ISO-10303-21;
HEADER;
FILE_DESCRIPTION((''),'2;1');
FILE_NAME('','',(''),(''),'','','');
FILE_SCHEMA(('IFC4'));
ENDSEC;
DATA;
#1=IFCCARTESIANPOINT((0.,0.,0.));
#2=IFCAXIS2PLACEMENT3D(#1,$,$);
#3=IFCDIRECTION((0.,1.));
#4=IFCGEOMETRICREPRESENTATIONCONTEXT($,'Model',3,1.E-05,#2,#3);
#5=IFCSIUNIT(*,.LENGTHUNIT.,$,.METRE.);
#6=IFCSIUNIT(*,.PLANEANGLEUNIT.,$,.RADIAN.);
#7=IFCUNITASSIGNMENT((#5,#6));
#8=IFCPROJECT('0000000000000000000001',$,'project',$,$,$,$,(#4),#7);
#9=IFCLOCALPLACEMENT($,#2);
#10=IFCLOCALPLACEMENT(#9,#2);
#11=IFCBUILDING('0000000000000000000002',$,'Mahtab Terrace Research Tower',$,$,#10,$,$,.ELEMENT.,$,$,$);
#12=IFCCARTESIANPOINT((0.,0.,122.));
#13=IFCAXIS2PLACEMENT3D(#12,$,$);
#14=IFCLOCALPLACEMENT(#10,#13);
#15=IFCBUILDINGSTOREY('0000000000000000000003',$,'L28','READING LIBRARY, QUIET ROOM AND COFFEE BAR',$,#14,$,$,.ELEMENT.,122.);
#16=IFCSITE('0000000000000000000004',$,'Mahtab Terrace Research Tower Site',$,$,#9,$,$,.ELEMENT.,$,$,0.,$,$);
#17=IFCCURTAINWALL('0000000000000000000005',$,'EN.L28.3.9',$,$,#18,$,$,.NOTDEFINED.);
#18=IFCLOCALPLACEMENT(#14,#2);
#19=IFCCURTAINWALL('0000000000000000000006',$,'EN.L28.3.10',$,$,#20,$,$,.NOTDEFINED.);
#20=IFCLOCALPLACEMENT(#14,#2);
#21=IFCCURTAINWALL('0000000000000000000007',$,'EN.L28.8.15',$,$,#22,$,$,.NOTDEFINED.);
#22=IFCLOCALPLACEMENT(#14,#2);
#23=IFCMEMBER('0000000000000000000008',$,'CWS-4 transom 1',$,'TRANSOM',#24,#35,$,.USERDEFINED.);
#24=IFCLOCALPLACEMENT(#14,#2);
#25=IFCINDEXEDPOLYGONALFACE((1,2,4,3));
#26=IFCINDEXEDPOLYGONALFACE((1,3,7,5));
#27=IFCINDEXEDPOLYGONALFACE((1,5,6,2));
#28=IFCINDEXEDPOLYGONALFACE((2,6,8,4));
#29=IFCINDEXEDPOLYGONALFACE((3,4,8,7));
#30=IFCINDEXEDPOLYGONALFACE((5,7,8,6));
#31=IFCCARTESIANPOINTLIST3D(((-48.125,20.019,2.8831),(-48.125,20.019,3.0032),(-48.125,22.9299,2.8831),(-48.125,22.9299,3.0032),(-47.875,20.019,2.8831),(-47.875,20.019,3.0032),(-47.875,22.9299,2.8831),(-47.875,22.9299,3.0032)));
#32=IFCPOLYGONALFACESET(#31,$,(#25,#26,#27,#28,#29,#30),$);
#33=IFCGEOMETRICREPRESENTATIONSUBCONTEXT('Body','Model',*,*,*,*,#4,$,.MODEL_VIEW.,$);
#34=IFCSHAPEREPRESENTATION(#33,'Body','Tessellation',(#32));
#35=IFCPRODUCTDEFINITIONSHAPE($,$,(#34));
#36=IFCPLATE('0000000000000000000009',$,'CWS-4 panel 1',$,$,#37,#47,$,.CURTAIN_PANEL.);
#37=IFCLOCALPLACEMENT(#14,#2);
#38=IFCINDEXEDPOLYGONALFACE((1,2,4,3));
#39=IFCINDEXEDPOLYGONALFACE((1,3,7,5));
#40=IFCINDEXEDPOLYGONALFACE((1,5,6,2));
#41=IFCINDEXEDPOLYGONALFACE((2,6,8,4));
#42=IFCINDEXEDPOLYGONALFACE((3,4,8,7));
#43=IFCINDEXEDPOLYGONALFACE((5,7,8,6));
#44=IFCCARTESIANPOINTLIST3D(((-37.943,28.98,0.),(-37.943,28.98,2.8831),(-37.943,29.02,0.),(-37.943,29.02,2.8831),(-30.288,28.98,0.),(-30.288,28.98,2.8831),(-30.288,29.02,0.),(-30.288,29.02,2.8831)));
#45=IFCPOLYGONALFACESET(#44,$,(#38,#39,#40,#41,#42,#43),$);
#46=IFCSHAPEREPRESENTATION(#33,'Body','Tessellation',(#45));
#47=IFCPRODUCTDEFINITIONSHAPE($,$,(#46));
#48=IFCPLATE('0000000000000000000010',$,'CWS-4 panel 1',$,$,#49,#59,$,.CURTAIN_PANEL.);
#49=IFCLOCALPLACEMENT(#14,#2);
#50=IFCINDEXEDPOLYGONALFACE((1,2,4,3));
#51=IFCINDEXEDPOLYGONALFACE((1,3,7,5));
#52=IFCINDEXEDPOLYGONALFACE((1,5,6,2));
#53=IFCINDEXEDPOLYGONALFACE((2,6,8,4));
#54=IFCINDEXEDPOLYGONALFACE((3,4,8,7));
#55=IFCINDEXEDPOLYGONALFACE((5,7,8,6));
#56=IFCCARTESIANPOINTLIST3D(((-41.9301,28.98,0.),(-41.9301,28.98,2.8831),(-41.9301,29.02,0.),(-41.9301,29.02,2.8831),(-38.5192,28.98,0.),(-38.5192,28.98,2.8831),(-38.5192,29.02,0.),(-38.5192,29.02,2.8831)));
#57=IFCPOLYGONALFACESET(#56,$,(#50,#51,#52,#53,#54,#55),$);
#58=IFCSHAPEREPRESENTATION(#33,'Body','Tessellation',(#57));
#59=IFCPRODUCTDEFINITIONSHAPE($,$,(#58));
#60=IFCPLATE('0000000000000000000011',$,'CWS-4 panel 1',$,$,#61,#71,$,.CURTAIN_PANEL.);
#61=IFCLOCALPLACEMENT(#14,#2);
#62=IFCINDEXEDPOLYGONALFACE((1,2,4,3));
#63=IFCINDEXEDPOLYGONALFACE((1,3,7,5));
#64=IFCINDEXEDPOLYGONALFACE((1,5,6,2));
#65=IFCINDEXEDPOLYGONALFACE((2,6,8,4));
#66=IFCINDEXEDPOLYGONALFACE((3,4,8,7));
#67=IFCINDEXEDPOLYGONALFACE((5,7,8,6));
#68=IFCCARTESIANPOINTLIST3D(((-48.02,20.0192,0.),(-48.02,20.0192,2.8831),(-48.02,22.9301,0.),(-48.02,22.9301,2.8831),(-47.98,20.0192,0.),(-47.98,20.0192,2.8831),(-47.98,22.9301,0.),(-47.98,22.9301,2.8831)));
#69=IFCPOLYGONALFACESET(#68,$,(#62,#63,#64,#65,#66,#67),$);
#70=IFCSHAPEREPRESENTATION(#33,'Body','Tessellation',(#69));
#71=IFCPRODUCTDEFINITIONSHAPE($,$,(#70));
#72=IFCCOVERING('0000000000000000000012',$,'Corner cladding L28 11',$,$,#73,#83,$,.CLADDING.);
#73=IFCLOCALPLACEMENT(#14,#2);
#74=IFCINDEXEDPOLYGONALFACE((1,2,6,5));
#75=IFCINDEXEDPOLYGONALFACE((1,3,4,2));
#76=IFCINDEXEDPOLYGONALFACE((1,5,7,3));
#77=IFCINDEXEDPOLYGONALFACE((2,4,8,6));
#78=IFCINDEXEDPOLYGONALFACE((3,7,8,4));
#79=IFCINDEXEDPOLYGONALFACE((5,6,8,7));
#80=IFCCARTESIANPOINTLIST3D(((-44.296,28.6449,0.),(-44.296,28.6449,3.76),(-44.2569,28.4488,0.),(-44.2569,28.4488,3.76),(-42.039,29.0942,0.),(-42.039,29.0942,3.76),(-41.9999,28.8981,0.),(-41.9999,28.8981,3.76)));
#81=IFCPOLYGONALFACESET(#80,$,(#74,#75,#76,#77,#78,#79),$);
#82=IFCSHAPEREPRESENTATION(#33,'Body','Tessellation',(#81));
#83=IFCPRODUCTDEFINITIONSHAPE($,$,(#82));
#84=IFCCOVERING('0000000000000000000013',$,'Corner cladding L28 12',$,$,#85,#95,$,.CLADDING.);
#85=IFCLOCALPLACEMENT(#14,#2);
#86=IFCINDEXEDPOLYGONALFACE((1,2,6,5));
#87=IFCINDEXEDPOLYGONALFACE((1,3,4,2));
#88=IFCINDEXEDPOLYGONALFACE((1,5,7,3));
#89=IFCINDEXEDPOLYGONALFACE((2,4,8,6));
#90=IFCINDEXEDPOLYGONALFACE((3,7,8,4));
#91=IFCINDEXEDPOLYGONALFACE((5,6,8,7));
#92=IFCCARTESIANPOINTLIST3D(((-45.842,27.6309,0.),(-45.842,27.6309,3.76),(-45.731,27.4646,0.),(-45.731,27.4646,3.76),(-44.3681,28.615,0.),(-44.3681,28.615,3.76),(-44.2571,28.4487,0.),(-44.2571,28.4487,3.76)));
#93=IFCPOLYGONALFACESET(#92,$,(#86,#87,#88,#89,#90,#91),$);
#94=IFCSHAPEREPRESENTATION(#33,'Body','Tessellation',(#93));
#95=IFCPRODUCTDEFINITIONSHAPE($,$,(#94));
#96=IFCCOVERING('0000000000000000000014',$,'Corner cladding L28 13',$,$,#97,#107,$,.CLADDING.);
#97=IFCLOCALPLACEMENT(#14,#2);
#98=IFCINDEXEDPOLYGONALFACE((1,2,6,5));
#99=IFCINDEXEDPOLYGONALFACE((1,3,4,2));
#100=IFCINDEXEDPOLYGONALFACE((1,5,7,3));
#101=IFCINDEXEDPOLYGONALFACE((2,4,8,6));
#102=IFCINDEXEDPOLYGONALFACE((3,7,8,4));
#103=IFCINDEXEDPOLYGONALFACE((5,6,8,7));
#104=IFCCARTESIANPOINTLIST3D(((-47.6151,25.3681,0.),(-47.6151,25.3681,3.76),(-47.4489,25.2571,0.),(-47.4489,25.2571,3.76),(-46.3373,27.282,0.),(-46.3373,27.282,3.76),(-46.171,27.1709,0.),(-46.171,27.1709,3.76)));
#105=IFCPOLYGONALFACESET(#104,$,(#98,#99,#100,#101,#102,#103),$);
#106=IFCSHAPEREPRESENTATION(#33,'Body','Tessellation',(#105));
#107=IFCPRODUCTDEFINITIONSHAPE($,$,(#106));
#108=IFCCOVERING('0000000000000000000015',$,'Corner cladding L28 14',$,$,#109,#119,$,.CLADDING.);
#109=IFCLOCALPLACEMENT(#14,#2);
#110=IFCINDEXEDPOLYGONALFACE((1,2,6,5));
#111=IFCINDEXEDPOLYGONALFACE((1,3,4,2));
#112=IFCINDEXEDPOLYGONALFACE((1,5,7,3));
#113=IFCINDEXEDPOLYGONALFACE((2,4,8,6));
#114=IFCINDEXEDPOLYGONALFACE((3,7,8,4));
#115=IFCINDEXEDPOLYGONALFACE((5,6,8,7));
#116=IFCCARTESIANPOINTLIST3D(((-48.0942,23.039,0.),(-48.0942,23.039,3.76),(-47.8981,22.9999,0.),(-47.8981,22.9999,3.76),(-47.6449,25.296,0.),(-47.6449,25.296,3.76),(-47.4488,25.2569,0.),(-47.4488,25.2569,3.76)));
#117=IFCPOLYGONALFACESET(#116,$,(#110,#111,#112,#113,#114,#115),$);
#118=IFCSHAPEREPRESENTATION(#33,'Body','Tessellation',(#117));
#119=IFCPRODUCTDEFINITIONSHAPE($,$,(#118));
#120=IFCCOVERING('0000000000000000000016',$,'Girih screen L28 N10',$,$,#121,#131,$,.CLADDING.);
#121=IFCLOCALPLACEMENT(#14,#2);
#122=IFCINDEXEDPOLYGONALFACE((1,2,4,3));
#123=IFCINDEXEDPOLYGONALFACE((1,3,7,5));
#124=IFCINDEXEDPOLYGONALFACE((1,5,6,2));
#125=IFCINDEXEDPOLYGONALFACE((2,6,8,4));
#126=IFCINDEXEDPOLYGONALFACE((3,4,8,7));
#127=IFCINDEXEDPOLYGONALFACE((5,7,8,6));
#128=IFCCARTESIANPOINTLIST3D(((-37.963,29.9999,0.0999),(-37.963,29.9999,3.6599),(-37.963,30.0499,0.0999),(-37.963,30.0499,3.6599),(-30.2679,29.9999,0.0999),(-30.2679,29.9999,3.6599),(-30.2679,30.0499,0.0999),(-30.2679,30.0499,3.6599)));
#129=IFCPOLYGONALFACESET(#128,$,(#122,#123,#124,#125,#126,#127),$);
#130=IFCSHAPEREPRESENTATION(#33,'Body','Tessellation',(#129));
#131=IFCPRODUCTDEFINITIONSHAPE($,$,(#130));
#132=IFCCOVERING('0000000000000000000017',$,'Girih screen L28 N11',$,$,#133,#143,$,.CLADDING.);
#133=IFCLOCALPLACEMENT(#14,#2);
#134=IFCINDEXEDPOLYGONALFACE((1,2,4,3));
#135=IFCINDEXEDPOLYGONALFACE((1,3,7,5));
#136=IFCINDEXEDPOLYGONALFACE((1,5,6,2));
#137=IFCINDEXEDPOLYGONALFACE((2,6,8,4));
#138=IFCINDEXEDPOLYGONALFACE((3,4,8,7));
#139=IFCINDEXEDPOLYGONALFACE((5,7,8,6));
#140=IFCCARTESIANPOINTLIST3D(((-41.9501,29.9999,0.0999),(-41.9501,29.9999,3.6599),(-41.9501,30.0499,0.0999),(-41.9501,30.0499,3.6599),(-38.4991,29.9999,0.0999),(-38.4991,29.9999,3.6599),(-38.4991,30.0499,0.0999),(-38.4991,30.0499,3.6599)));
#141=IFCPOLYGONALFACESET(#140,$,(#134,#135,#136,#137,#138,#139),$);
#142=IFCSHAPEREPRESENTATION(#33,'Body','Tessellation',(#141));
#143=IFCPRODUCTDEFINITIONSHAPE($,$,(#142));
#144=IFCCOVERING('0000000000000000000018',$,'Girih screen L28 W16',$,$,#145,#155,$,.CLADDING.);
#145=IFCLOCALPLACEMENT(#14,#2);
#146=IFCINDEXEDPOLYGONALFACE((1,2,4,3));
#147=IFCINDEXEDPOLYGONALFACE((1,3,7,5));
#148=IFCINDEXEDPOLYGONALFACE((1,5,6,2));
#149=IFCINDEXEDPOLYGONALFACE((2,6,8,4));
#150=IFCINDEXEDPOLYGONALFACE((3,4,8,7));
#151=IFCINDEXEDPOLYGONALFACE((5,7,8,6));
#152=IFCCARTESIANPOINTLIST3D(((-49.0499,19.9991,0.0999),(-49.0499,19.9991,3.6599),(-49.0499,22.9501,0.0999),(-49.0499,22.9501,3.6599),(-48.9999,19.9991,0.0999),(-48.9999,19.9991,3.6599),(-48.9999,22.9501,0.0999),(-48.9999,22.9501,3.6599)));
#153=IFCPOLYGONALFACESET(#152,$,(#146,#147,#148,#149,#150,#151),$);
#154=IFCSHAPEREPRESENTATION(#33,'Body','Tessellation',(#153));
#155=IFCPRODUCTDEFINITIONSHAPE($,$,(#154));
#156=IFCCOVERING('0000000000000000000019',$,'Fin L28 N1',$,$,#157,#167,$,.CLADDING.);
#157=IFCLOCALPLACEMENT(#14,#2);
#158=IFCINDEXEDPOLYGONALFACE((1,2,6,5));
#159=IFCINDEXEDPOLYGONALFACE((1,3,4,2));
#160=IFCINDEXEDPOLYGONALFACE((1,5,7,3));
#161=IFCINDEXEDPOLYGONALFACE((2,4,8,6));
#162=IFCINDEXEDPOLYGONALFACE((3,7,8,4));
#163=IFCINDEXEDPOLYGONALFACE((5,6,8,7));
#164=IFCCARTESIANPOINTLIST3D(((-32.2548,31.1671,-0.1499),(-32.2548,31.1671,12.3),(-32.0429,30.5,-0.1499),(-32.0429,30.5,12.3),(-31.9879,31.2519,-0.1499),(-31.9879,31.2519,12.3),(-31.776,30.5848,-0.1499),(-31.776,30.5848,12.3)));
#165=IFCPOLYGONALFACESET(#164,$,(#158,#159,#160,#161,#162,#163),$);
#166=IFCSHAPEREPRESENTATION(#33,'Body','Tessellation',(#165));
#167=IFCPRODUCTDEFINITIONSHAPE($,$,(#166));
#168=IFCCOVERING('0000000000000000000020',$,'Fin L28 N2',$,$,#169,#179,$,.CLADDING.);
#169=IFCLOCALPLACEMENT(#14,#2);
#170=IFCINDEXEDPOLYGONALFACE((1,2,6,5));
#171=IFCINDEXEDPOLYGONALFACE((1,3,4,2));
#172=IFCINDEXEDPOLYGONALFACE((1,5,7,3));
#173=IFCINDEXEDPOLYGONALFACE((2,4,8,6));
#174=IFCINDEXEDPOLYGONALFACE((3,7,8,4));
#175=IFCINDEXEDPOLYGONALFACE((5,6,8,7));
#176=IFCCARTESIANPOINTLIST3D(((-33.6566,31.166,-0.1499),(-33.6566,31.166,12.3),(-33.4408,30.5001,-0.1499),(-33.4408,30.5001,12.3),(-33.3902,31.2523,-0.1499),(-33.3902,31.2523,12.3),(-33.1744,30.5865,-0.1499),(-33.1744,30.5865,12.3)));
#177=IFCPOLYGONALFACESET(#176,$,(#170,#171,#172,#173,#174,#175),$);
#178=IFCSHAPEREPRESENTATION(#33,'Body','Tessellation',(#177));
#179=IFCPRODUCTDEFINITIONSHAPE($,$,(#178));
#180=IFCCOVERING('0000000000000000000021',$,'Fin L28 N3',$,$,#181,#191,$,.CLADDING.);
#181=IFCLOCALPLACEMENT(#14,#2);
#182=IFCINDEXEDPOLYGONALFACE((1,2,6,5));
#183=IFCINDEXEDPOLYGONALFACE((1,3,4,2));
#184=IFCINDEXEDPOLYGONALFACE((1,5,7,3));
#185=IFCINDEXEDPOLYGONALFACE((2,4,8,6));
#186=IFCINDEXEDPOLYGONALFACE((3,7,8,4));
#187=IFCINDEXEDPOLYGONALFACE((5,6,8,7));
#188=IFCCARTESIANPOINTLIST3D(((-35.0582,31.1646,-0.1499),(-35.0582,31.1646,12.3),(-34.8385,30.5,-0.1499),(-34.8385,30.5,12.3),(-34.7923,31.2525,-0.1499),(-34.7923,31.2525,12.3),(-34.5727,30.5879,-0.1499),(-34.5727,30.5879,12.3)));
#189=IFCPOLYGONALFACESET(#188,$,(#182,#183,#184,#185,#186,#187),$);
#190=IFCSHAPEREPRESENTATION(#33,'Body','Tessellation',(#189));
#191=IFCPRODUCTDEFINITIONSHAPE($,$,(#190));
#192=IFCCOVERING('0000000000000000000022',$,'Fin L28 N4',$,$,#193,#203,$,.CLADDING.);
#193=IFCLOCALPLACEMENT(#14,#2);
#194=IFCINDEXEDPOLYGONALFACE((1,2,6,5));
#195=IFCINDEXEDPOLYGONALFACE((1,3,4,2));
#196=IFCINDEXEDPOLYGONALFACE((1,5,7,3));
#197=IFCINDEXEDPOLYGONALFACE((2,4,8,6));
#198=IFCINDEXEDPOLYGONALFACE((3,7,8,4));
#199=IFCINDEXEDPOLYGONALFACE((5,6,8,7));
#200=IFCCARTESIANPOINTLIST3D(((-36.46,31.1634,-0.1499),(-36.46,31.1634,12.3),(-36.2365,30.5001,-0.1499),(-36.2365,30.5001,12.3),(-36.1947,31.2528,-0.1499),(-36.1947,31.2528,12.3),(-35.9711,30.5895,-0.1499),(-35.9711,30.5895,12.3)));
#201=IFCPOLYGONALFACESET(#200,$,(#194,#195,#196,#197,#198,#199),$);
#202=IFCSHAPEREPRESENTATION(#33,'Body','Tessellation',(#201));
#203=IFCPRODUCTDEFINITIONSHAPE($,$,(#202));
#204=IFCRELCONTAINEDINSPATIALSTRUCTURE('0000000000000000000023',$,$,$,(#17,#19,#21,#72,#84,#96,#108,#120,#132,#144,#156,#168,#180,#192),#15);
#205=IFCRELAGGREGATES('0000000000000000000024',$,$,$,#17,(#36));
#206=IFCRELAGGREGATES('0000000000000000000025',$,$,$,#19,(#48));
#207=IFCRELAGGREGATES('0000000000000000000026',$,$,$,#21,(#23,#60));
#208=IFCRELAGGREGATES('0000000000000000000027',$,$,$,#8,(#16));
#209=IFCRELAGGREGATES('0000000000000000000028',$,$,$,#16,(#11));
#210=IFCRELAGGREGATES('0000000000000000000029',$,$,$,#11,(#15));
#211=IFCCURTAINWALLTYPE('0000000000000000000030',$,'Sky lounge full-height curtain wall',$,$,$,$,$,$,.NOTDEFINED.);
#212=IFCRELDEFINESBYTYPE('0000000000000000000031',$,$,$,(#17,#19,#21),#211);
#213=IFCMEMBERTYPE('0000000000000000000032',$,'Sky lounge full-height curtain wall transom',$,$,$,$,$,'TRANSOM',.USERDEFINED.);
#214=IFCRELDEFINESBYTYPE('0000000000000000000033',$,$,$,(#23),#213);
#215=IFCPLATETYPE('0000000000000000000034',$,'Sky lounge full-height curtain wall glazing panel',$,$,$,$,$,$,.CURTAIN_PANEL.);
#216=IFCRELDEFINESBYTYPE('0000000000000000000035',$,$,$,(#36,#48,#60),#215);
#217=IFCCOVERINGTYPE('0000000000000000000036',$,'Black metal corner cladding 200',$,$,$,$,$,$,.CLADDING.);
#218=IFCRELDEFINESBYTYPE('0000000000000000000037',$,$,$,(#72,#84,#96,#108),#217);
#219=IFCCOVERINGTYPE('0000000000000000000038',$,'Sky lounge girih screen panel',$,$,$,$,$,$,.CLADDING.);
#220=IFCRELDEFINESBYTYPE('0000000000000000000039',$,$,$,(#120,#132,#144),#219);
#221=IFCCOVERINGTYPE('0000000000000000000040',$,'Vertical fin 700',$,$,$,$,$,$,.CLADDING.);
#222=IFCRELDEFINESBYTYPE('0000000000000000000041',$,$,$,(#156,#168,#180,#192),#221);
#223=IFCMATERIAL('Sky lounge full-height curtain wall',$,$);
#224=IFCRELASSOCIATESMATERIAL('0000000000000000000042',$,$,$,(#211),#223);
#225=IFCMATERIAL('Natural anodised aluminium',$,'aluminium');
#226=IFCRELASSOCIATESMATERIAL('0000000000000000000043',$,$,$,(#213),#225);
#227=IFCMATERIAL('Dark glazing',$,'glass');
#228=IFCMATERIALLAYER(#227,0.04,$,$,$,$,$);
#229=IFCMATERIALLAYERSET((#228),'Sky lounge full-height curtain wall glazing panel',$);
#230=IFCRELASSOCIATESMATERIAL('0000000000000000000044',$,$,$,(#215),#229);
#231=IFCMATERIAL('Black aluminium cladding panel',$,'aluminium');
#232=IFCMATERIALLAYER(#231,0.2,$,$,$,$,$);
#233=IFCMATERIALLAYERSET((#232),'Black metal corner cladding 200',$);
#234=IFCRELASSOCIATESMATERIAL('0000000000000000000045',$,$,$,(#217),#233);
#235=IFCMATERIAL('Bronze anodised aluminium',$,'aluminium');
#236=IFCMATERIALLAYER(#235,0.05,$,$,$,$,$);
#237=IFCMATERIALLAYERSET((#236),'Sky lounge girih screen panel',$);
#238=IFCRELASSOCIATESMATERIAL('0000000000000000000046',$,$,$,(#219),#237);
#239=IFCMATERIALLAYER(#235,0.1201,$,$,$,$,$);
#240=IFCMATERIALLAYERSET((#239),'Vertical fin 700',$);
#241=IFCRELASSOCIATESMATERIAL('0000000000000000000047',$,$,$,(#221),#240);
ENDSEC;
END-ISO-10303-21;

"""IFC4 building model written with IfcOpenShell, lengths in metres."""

from ifc_helpers import new_model, si_unit, direction, frame, origin, origin_2d, place, context, subcontext, project, spatial, rectangle, extrude, material, layer, layer_set, material_profile, profile_set, type_object, element, aggregate, save


model = new_model("IFC4")

# Units and contexts
model_context = context("Model", 3, precision=1e-05, world=origin(), true_north=direction((0.0, 1.0)))
body_context = subcontext(model_context, "Body", "Model", "MODEL_VIEW")
ifc_project = project(units=[si_unit("LENGTHUNIT", "METRE"), si_unit("PLANEANGLEUNIT", "RADIAN")], contexts=[model_context])

# Site, building, storey
site_placement = place(None, origin())
site = spatial("IfcSite", under=ifc_project, at=site_placement, Name="Mahtab Terrace Research Tower Site", CompositionType="ELEMENT", RefElevation=0.0)
building_placement = place(site_placement, origin())
building = spatial("IfcBuilding", under=site, at=building_placement, Name="Mahtab Terrace Research Tower", CompositionType="ELEMENT")
storey_placement = place(building_placement, frame((0.0, 0.0, 122.0)))
storey = spatial("IfcBuildingStorey", under=building, at=storey_placement, Name="L28", Description="READING LIBRARY, QUIET ROOM AND COFFEE BAR", CompositionType="ELEMENT", Elevation=122.0)

# Curtain walls
ifc_material_1 = material(Name="Sky lounge full-height curtain wall")
curtain_wall_type = type_object("IfcCurtainWallType", Name="Sky lounge full-height curtain wall", PredefinedType="NOTDEFINED", material=ifc_material_1)
curtain_wall_1_placement = place(storey_placement, origin())
curtain_wall_1 = element("IfcCurtainWall", 1, at=curtain_wall_1_placement, inside=storey, type_object=curtain_wall_type, Name="EN.L28.3.9", PredefinedType="NOTDEFINED")
ifc_material_2 = material(Name="Natural anodised aluminium", Category="aluminium")
curtain_wall_2_placement = place(storey_placement, origin())
curtain_wall_2 = element("IfcCurtainWall", 2, at=curtain_wall_2_placement, inside=storey, type_object=curtain_wall_type, Name="EN.L28.3.10", PredefinedType="NOTDEFINED")
curtain_wall_3_placement = place(storey_placement, origin())
curtain_wall_3 = element("IfcCurtainWall", 3, at=curtain_wall_3_placement, inside=storey, type_object=curtain_wall_type, Name="EN.L28.8.15", PredefinedType="NOTDEFINED")

# Member
ifc_material_profile_1 = material_profile(ifc_material_2, rectangle(XDim=0.25, YDim=0.1201, at=origin_2d()), Name="TRANSOM 120x250")
ifc_profile_set_1 = profile_set([ifc_material_profile_1], Name="Natural anodised aluminium")
member_type_1 = type_object("IfcMemberType", Name="Sky lounge full-height curtain wall transom", ElementType="TRANSOM", PredefinedType="USERDEFINED", material=ifc_profile_set_1)
member_1_placement = place(storey_placement, frame((-48.0, 22.9299, 2.9431), z_axis=(0.0, -1.0, 0.0), x_axis=(1.0, 0.0, 0.0)))
member_1 = element("IfcMember", 4, at=member_1_placement, type_object=member_type_1, Name="CWS-4 transom 1", ObjectType="TRANSOM", PredefinedType="USERDEFINED", context=body_context, shape_type="SweptSolid", body=[
    extrude(rectangle(XDim=0.25, YDim=0.1201, at=origin_2d()), origin(), (0.0, 0.0, 1.0), 2.9109),
])

# Plates
ifc_material_3 = material(Name="Dark glazing", Category="glass")
ifc_layer_1 = layer(ifc_material_3, 0.04)
ifc_layer_set_1 = layer_set([ifc_layer_1], Name="Sky lounge full-height curtain wall glazing panel")
plate_type = type_object("IfcPlateType", Name="Sky lounge full-height curtain wall glazing panel", PredefinedType="CURTAIN_PANEL", material=ifc_layer_set_1)
plate_1_placement = place(storey_placement, frame((-34.1155, 29.0, 0.0), z_axis=(0.0, 0.0, 1.0), x_axis=(-1.0, 0.0, 0.0)))
plate_1 = element("IfcPlate", 5, at=plate_1_placement, type_object=plate_type, Name="CWS-4 panel 1", PredefinedType="CURTAIN_PANEL", context=body_context, shape_type="SweptSolid", body=[
    extrude(rectangle(XDim=7.655, YDim=0.04, at=origin_2d()), origin(), (0.0, 0.0, 1.0), 2.8831),
])
aggregate(curtain_wall_1, [plate_1])
plate_2_placement = place(storey_placement, frame((-40.2246, 29.0, 0.0), z_axis=(0.0, 0.0, 1.0), x_axis=(-1.0, 0.0, 0.0)))
plate_2 = element("IfcPlate", 6, at=plate_2_placement, type_object=plate_type, Name="CWS-4 panel 1", PredefinedType="CURTAIN_PANEL", context=body_context, shape_type="SweptSolid", body=[
    extrude(rectangle(XDim=3.4109, YDim=0.04, at=origin_2d()), origin(), (0.0, 0.0, 1.0), 2.8831),
])
aggregate(curtain_wall_2, [plate_2])
plate_3_placement = place(storey_placement, frame((-48.0, 21.4746, 0.0), z_axis=(0.0, 0.0, 1.0), x_axis=(0.0, -1.0, 0.0)))
plate_3 = element("IfcPlate", 7, at=plate_3_placement, type_object=plate_type, Name="CWS-4 panel 1", PredefinedType="CURTAIN_PANEL", context=body_context, shape_type="SweptSolid", body=[
    extrude(rectangle(XDim=2.9109, YDim=0.04, at=origin_2d()), origin(), (0.0, 0.0, 1.0), 2.8831),
])
aggregate(curtain_wall_3, [member_1, plate_3])

# Coverings
ifc_material_4 = material(Name="Black aluminium cladding panel", Category="aluminium")
ifc_layer_2 = layer(ifc_material_4, 0.2)
ifc_layer_set_2 = layer_set([ifc_layer_2], Name="Black metal corner cladding 200")
covering_type_1 = type_object("IfcCoveringType", Name="Black metal corner cladding 200", PredefinedType="CLADDING", material=ifc_layer_set_2)
covering_1_placement = place(storey_placement, frame((-43.1479, 28.7715, 0.0), z_axis=(0.0, 0.0, 1.0), x_axis=(-0.980761, -0.195212, 0.0)))
element("IfcCovering", 8, at=covering_1_placement, inside=storey, type_object=covering_type_1, Name="Corner cladding L28 11", PredefinedType="CLADDING", context=body_context, shape_type="SweptSolid", body=[
    extrude(rectangle(XDim=2.3013, YDim=0.2, at=origin_2d()), origin(), (0.0, 0.0, 1.0), 3.76),
])
covering_2_placement = place(storey_placement, frame((-45.0496, 28.0398, 0.0), z_axis=(0.0, 0.0, 1.0), x_axis=(-0.831656, -0.555291, 0.0)))
element("IfcCovering", 9, at=covering_2_placement, inside=storey, type_object=covering_type_1, Name="Corner cladding L28 12", PredefinedType="CLADDING", context=body_context, shape_type="SweptSolid", body=[
    extrude(rectangle(XDim=1.7722, YDim=0.2, at=origin_2d()), origin(), (0.0, 0.0, 1.0), 3.76),
])
for number, where, z_axis, x_axis, name in (
    (10, (-46.8931, 26.2695, 0.0), (0.0, 0.0, 1.0), (-0.555291, -0.831656, 0.0), "Corner cladding L28 13"),
    (11, (-47.7715, 24.1479, 0.0), (0.0, 0.0, 1.0), (-0.195212, -0.980761, 0.0), "Corner cladding L28 14"),
):
    element("IfcCovering", number, at=place(storey_placement, frame(where, z_axis=z_axis, x_axis=x_axis)), inside=storey, type_object=covering_type_1, Name=name, PredefinedType="CLADDING", context=body_context, shape_type="SweptSolid", body=[
        extrude(rectangle(XDim=2.3013, YDim=0.2, at=origin_2d()), origin(), (0.0, 0.0, 1.0), 3.76),
    ])
ifc_material_5 = material(Name="Bronze anodised aluminium", Category="aluminium")
ifc_layer_3 = layer(ifc_material_5, 0.05)
ifc_layer_set_3 = layer_set([ifc_layer_3], Name="Sky lounge girih screen panel")
covering_type_2 = type_object("IfcCoveringType", Name="Sky lounge girih screen panel", PredefinedType="CLADDING", material=ifc_layer_set_3)
covering_3_placement = place(storey_placement, frame((-34.1155, 30.0249, 0.0999), z_axis=(0.0, 0.0, 1.0), x_axis=(-1.0, 0.0, 0.0)))
element("IfcCovering", 12, at=covering_3_placement, inside=storey, type_object=covering_type_2, Name="Girih screen L28 N10", PredefinedType="CLADDING", context=body_context, shape_type="SweptSolid", body=[
    extrude(rectangle(XDim=7.6951, YDim=0.05, at=origin_2d()), origin(), (0.0, 0.0, 1.0), 3.5601),
])
covering_4_placement = place(storey_placement, frame((-40.2246, 30.0249, 0.0999), z_axis=(0.0, 0.0, 1.0), x_axis=(-1.0, 0.0, 0.0)))
element("IfcCovering", 13, at=covering_4_placement, inside=storey, type_object=covering_type_2, Name="Girih screen L28 N11", PredefinedType="CLADDING", context=body_context, shape_type="SweptSolid", body=[
    extrude(rectangle(XDim=3.4509, YDim=0.05, at=origin_2d()), origin(), (0.0, 0.0, 1.0), 3.5601),
])
covering_5_placement = place(storey_placement, frame((-49.0249, 21.4746, 0.0999), z_axis=(0.0, 0.0, 1.0), x_axis=(0.0, -1.0, 0.0)))
element("IfcCovering", 14, at=covering_5_placement, inside=storey, type_object=covering_type_2, Name="Girih screen L28 W16", PredefinedType="CLADDING", context=body_context, shape_type="SweptSolid", body=[
    extrude(rectangle(XDim=2.9509, YDim=0.05, at=origin_2d()), origin(), (0.0, 0.0, 1.0), 3.5601),
])
ifc_layer_4 = layer(ifc_material_5, 0.1201)
ifc_layer_set_4 = layer_set([ifc_layer_4], Name="Vertical fin 700")
covering_type_3 = type_object("IfcCoveringType", Name="Vertical fin 700", PredefinedType="CLADDING", material=ifc_layer_set_4)
for number, where, z_axis, x_axis, name in (
    (15, (-32.0154, 30.876, -0.1499), (0.0, 0.0, 1.0), (-0.953071, -0.302748, 0.0), "Fin L28 N1"),
    (16, (-33.4155, 30.8762, -0.1499), (0.0, 0.0, 1.0), (-0.951293, -0.308288, 0.0), "Fin L28 N2"),
    (17, (-34.8154, 30.8762, -0.1499), (0.0, 0.0, 1.0), (-0.949484, -0.313817, 0.0), "Fin L28 N3"),
    (18, (-36.2156, 30.8765, -0.1499), (0.0, 0.0, 1.0), (-0.947642, -0.319335, 0.0), "Fin L28 N4"),
):
    element("IfcCovering", number, at=place(storey_placement, frame(where, z_axis=z_axis, x_axis=x_axis)), inside=storey, type_object=covering_type_3, Name=name, PredefinedType="CLADDING", context=body_context, shape_type="SweptSolid", body=[
        extrude(rectangle(XDim=0.28, YDim=0.7, at=origin_2d()), origin(), (0.0, 0.0, 1.0), 12.45),
    ])

save(model, "model.ifc")
